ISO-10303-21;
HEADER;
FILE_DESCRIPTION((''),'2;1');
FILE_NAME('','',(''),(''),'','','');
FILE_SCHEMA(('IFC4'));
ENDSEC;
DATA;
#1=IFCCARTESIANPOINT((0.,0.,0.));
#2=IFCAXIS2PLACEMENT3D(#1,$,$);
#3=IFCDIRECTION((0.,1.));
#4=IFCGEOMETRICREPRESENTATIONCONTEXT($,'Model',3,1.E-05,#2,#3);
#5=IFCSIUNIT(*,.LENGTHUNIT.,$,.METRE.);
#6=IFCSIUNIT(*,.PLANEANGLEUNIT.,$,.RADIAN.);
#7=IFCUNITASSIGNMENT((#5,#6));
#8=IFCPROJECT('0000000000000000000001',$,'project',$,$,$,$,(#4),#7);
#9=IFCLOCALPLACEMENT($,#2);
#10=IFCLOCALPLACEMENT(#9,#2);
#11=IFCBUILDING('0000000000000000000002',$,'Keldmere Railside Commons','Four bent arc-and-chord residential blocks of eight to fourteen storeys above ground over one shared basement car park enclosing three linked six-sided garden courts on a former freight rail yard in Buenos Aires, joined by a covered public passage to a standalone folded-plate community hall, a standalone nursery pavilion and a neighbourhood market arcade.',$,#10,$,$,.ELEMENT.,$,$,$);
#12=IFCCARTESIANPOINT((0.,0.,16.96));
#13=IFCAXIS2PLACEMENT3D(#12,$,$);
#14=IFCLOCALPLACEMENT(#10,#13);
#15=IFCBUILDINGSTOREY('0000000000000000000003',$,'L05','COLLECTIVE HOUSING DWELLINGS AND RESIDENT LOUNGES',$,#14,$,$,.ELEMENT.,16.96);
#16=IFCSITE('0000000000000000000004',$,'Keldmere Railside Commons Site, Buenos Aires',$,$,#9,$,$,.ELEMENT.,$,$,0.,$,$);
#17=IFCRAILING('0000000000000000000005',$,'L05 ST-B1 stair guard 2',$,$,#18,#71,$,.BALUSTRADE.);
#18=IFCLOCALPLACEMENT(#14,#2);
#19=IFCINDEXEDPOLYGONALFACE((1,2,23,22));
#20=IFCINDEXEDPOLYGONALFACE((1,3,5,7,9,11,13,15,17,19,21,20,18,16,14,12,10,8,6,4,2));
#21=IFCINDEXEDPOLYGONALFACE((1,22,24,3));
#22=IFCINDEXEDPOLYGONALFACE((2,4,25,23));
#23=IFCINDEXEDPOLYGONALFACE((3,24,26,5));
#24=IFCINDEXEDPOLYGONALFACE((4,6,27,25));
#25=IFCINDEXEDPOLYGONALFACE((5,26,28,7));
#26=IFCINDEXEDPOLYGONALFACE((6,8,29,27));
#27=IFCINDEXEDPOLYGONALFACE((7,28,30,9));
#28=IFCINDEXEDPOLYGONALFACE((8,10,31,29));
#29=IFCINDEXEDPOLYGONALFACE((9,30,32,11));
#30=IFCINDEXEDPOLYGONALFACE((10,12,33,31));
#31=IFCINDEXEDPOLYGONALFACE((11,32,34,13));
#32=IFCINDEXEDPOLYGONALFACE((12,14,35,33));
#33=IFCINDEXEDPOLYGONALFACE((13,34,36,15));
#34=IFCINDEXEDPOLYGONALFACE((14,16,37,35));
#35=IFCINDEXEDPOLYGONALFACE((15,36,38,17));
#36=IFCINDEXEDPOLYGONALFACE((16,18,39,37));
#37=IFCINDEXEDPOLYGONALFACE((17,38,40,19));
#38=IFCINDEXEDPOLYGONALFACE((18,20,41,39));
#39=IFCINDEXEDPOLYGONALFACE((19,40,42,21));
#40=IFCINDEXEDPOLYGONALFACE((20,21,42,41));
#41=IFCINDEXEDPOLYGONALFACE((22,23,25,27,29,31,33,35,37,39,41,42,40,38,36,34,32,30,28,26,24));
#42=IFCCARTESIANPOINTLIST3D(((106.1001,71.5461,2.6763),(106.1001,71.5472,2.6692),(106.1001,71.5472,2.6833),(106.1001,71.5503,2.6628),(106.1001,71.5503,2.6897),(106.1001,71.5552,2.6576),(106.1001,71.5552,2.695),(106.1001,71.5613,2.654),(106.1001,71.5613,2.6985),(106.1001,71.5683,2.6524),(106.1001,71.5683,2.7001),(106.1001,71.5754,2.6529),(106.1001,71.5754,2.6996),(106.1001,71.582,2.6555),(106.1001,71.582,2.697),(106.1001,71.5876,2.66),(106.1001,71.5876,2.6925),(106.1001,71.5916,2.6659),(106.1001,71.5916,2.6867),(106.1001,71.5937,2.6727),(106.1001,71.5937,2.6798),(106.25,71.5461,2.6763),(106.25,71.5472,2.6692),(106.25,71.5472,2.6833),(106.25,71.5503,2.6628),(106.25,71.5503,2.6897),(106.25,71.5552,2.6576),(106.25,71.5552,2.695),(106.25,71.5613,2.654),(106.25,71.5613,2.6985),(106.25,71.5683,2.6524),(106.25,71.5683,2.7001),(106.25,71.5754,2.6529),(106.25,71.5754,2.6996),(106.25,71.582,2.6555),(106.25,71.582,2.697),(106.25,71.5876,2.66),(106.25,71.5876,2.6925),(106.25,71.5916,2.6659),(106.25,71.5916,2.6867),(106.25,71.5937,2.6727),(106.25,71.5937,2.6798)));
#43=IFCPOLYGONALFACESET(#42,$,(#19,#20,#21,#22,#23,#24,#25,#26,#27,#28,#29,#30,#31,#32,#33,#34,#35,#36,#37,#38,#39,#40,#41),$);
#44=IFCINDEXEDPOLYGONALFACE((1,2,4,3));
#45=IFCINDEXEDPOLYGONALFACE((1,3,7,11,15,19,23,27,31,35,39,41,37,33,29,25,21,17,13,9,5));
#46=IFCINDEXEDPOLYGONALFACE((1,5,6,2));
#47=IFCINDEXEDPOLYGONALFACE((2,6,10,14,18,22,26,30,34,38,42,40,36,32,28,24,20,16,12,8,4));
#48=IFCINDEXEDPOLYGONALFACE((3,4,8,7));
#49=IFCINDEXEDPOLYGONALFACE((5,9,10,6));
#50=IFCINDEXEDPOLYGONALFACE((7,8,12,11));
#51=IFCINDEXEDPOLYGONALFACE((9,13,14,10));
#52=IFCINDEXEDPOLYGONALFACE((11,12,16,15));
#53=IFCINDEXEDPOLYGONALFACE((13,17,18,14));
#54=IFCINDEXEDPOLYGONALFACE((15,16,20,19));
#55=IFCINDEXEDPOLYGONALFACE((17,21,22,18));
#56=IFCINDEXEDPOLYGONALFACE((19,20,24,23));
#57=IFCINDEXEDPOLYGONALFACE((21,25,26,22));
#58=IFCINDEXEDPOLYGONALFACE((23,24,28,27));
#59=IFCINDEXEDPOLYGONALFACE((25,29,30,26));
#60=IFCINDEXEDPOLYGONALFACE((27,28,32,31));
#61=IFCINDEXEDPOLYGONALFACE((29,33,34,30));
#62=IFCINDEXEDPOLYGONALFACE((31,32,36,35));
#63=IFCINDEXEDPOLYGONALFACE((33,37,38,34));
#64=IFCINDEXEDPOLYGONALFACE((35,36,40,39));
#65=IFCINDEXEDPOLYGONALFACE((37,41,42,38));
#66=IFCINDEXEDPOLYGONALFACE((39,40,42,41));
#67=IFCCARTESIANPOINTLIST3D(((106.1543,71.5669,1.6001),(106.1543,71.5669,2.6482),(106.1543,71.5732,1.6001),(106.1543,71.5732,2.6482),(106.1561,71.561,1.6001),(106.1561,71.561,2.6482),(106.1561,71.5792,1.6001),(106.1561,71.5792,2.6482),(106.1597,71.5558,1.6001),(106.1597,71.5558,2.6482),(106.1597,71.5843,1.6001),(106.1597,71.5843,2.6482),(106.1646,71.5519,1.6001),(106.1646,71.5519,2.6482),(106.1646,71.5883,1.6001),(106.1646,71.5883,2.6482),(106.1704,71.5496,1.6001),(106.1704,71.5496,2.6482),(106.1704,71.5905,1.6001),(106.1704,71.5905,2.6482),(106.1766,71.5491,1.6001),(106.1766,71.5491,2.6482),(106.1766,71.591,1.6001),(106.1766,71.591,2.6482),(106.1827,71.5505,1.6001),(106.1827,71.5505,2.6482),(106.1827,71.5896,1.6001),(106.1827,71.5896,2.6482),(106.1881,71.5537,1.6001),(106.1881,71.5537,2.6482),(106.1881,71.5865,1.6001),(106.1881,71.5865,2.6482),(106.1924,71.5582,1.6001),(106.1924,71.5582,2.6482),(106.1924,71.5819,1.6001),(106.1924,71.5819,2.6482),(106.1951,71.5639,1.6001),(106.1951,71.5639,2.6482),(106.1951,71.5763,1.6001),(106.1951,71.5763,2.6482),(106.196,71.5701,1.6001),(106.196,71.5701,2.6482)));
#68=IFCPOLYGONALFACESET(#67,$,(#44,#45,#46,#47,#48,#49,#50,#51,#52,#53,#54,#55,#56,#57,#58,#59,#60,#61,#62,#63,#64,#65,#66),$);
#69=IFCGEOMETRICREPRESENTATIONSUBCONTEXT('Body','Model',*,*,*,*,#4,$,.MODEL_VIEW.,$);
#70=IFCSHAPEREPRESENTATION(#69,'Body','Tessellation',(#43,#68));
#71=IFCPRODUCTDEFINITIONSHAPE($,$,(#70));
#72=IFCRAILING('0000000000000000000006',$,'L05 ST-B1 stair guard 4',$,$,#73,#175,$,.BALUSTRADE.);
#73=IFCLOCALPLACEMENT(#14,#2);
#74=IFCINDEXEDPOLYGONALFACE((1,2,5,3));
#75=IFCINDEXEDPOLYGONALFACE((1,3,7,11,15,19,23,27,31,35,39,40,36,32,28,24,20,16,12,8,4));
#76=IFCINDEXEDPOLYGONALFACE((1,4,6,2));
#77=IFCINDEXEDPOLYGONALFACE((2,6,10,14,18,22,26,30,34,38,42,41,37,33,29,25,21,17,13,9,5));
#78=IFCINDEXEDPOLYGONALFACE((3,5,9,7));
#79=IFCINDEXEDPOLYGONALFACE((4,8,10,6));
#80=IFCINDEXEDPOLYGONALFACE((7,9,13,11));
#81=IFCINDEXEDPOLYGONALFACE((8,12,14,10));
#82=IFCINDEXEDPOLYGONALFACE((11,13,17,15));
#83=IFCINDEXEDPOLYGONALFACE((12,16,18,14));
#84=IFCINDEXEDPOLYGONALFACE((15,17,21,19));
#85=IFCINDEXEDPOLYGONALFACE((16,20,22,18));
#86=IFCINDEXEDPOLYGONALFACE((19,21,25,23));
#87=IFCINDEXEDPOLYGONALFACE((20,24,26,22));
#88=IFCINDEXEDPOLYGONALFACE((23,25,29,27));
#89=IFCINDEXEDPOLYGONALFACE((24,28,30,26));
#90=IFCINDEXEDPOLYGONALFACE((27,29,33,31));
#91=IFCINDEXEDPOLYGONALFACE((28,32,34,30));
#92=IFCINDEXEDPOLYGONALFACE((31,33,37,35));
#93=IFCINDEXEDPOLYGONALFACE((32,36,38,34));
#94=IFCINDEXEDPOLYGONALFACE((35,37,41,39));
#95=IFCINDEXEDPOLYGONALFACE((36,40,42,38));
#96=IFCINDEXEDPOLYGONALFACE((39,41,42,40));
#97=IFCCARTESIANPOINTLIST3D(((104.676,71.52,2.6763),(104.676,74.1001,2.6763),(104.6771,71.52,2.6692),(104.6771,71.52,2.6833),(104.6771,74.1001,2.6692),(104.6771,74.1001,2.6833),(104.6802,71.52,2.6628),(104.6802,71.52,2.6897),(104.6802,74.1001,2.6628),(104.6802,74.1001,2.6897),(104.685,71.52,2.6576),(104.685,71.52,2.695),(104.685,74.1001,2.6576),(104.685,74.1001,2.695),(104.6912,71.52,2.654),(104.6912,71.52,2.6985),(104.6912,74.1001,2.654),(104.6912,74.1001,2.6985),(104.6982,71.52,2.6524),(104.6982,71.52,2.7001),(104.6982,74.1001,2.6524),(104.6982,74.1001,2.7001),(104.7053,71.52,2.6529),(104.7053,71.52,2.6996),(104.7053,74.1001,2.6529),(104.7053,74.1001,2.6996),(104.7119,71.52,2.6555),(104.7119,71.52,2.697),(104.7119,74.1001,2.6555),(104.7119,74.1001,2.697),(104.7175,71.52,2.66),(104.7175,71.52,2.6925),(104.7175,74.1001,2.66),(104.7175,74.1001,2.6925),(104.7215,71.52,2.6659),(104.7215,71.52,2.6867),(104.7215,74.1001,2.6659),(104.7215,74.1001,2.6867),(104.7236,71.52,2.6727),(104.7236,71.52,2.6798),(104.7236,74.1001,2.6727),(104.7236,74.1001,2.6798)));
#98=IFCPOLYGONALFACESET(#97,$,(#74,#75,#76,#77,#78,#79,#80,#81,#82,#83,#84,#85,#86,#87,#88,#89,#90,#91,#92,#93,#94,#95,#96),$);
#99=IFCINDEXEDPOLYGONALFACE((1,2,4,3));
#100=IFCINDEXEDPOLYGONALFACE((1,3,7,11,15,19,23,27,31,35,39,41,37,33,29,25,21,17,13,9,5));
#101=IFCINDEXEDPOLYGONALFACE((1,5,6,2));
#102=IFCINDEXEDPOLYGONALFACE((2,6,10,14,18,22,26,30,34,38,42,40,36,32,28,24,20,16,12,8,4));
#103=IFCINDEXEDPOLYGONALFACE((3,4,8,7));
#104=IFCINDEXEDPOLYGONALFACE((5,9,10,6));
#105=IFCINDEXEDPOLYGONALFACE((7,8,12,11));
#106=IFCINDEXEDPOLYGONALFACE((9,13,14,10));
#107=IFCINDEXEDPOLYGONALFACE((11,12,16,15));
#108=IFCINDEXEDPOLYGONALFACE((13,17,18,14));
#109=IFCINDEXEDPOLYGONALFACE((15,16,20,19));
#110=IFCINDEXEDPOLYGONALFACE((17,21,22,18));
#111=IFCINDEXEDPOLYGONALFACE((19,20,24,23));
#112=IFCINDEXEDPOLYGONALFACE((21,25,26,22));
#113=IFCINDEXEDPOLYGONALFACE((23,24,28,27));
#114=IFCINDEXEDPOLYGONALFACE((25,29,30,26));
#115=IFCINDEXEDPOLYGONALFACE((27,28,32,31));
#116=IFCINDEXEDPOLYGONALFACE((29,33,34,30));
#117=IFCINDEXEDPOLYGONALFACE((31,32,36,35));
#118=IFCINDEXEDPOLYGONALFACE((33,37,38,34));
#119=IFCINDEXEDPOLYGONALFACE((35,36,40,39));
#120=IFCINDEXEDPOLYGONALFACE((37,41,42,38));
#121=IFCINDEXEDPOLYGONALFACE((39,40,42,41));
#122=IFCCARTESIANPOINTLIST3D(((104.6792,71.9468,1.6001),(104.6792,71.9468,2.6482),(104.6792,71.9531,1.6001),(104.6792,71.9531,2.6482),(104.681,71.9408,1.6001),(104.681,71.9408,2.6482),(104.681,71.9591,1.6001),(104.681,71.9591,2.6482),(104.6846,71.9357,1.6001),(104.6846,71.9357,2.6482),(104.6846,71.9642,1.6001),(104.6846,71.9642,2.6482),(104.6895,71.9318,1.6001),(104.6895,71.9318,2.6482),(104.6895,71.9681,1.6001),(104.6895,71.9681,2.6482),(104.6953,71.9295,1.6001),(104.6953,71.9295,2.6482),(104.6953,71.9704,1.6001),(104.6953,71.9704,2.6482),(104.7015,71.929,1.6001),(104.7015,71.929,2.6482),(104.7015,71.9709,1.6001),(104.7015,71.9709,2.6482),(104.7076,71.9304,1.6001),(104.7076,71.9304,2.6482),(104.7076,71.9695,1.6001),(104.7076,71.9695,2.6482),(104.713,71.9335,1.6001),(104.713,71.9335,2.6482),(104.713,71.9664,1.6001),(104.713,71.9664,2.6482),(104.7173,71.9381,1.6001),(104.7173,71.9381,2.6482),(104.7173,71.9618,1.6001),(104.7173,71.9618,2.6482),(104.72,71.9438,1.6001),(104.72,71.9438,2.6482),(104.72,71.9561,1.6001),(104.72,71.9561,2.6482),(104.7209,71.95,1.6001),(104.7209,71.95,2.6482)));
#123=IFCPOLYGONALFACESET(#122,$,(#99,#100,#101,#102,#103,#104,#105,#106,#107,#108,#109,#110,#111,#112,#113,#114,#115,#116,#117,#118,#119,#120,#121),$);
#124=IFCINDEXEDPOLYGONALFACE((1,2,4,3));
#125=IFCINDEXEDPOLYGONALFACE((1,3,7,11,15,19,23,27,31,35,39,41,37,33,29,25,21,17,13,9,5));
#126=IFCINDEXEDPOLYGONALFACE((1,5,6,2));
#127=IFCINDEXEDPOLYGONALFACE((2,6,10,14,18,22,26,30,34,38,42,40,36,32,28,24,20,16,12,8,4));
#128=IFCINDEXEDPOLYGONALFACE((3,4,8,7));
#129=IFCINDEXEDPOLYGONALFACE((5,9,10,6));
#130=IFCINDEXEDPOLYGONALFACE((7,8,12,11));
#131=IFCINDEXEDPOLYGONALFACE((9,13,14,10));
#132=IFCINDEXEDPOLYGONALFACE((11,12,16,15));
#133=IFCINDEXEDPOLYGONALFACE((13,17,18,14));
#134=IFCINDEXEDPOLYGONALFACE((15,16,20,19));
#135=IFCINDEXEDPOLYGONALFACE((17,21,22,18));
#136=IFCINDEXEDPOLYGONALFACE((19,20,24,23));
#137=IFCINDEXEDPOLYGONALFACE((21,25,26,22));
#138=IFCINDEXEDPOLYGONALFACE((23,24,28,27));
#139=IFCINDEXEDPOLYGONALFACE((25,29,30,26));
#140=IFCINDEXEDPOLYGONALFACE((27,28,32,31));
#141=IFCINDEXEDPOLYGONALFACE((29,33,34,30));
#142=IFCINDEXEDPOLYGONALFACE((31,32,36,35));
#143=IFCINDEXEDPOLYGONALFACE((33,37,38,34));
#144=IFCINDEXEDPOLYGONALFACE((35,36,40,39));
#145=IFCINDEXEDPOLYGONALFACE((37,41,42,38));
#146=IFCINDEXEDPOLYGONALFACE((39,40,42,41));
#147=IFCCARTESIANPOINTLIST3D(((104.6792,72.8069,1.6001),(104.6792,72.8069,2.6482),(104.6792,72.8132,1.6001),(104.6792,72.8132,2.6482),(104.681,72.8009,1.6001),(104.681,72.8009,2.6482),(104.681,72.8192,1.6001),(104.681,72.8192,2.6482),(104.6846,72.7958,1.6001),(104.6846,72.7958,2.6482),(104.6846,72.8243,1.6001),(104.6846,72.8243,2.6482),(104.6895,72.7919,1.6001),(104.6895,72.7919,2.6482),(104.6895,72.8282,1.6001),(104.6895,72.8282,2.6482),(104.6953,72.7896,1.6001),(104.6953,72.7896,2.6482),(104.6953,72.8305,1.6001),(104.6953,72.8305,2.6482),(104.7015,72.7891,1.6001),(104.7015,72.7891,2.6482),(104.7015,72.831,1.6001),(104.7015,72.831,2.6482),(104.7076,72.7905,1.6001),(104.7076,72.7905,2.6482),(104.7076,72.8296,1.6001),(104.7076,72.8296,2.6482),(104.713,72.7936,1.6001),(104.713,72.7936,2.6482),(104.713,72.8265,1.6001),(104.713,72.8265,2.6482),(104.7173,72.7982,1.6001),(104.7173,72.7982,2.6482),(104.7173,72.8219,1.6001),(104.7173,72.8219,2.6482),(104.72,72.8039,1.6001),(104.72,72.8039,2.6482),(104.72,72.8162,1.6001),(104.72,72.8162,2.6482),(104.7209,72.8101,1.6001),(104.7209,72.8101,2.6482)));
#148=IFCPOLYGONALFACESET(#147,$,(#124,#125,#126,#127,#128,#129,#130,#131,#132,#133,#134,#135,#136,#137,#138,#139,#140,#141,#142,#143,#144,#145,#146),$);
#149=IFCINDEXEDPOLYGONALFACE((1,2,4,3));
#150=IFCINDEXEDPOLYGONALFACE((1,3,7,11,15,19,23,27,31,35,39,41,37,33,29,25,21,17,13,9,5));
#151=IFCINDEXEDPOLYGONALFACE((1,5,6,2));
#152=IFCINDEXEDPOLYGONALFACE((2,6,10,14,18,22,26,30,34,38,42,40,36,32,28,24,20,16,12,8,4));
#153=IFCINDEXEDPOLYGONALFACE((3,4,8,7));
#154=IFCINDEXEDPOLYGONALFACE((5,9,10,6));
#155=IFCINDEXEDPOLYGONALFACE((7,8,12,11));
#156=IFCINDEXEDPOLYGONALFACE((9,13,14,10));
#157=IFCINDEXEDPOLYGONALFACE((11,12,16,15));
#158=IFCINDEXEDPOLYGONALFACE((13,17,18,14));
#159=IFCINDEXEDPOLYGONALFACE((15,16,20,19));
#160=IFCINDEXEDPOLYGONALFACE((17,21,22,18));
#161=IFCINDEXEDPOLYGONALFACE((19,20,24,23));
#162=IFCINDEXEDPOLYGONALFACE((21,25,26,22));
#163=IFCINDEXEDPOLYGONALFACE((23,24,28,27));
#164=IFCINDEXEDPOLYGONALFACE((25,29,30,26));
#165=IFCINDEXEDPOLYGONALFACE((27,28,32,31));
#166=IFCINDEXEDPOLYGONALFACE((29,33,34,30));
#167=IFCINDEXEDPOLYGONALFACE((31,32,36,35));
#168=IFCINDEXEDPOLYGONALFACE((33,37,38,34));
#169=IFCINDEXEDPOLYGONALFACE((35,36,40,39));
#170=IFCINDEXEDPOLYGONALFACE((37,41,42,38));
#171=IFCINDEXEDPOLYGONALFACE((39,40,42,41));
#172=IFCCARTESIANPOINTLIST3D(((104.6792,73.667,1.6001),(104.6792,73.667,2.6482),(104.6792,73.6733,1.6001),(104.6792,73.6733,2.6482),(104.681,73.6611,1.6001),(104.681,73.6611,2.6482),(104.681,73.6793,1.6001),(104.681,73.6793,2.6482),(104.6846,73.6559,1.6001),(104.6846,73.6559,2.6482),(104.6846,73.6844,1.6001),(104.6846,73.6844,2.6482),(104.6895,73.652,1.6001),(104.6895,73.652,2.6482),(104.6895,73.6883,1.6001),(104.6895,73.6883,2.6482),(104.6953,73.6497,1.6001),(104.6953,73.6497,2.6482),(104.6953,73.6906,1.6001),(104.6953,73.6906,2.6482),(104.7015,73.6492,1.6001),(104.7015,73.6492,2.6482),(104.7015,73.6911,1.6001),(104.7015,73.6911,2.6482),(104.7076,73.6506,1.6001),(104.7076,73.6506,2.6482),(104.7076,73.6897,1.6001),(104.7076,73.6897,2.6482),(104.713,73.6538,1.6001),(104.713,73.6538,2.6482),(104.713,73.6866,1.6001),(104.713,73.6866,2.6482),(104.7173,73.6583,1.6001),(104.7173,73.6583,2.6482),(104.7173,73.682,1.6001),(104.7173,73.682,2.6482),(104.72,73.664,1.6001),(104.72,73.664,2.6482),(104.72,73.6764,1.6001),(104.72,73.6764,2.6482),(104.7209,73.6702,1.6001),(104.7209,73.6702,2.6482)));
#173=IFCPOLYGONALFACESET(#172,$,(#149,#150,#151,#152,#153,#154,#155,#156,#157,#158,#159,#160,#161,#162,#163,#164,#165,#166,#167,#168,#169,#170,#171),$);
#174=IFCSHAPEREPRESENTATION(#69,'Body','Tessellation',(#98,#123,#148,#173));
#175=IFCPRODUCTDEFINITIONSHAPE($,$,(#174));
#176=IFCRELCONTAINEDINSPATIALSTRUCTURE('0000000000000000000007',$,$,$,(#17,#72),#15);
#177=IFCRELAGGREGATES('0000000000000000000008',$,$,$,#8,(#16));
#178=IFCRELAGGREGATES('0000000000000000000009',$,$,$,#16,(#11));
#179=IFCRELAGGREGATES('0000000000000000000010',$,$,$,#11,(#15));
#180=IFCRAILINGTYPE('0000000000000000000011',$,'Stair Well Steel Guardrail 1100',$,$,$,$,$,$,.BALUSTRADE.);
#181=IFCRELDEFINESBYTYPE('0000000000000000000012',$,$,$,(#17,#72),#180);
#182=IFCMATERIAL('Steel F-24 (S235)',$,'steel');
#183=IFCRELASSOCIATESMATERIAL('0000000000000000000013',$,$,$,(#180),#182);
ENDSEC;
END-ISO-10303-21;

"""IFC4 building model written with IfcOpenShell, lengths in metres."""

from ifc_helpers import new_model, si_unit, direction, frame, origin, origin_2d, place, context, subcontext, project, spatial, circle, extrude, material, type_object, element, save


model = new_model("IFC4")

# Units and contexts
model_context = context("Model", 3, precision=1e-05, world=origin(), true_north=direction((0.0, 1.0)))
body_context = subcontext(model_context, "Body", "Model", "MODEL_VIEW")
ifc_project = project(units=[si_unit("LENGTHUNIT", "METRE"), si_unit("PLANEANGLEUNIT", "RADIAN")], contexts=[model_context])

# Site, building, storey
site_placement = place(None, origin())
site = spatial("IfcSite", under=ifc_project, at=site_placement, Name="Keldmere Railside Commons Site, Buenos Aires", CompositionType="ELEMENT", RefElevation=0.0)
building_placement = place(site_placement, origin())
building = spatial("IfcBuilding", under=site, at=building_placement, Name="Keldmere Railside Commons", Description="Four bent arc-and-chord residential blocks of eight to fourteen storeys above ground over one shared basement car park enclosing three linked six-sided garden courts on a former freight rail yard in Buenos Aires, joined by a covered public passage to a standalone folded-plate community hall, a standalone nursery pavilion and a neighbourhood market arcade.", CompositionType="ELEMENT")
storey_placement = place(building_placement, frame((0.0, 0.0, 16.96)))
storey = spatial("IfcBuildingStorey", under=building, at=storey_placement, Name="L05", Description="COLLECTIVE HOUSING DWELLINGS AND RESIDENT LOUNGES", CompositionType="ELEMENT", Elevation=16.96)

# Shared definitions
ifc_material_1 = material(Name="Steel F-24 (S235)", Category="steel")

# Railings
railing_type_1 = type_object("IfcRailingType", Name="Stair Well Steel Guardrail 1100", PredefinedType="BALUSTRADE", material=ifc_material_1)
railing_1_placement = place(storey_placement, frame((106.25, 71.5701, 1.6001)))
element("IfcRailing", 1, at=railing_1_placement, inside=storey, type_object=railing_type_1, Name="L05 ST-B1 stair guard 2", PredefinedType="BALUSTRADE", context=body_context, shape_type="SweptSolid", body=[
    extrude(circle(Radius=0.0239, at=origin_2d()), frame((0.0, 0.0, 1.0762), z_axis=(-1.0, 0.0, 0.0), x_axis=(0.0, -1.0, 0.0)), (0.0, 0.0, 1.0), 0.1499),
    extrude(circle(Radius=0.021, at=origin_2d()), frame((-0.075, 0.0, 0.0)), (0.0, 0.0, 1.0), 1.0481),
])
railing_2_placement = place(storey_placement, frame((104.7, 71.52, 1.6001)))
element("IfcRailing", 2, at=railing_2_placement, inside=storey, type_object=railing_type_1, Name="L05 ST-B1 stair guard 4", PredefinedType="BALUSTRADE", context=body_context, shape_type="SweptSolid", body=[
    extrude(circle(Radius=0.0239, at=origin_2d()), frame((0.0, 0.0, 1.0762), z_axis=(0.0, 1.0, 0.0), x_axis=(-1.0, 0.0, 0.0)), (0.0, 0.0, 1.0), 2.5801),
    extrude(circle(Radius=0.021, at=origin_2d()), frame((0.0, 0.4299, 0.0)), (0.0, 0.0, 1.0), 1.0481),
    extrude(circle(Radius=0.021, at=origin_2d()), frame((0.0, 1.29, 0.0)), (0.0, 0.0, 1.0), 1.0481),
    extrude(circle(Radius=0.021, at=origin_2d()), frame((0.0, 2.1501, 0.0)), (0.0, 0.0, 1.0), 1.0481),
])

save(model, "model.ifc")
